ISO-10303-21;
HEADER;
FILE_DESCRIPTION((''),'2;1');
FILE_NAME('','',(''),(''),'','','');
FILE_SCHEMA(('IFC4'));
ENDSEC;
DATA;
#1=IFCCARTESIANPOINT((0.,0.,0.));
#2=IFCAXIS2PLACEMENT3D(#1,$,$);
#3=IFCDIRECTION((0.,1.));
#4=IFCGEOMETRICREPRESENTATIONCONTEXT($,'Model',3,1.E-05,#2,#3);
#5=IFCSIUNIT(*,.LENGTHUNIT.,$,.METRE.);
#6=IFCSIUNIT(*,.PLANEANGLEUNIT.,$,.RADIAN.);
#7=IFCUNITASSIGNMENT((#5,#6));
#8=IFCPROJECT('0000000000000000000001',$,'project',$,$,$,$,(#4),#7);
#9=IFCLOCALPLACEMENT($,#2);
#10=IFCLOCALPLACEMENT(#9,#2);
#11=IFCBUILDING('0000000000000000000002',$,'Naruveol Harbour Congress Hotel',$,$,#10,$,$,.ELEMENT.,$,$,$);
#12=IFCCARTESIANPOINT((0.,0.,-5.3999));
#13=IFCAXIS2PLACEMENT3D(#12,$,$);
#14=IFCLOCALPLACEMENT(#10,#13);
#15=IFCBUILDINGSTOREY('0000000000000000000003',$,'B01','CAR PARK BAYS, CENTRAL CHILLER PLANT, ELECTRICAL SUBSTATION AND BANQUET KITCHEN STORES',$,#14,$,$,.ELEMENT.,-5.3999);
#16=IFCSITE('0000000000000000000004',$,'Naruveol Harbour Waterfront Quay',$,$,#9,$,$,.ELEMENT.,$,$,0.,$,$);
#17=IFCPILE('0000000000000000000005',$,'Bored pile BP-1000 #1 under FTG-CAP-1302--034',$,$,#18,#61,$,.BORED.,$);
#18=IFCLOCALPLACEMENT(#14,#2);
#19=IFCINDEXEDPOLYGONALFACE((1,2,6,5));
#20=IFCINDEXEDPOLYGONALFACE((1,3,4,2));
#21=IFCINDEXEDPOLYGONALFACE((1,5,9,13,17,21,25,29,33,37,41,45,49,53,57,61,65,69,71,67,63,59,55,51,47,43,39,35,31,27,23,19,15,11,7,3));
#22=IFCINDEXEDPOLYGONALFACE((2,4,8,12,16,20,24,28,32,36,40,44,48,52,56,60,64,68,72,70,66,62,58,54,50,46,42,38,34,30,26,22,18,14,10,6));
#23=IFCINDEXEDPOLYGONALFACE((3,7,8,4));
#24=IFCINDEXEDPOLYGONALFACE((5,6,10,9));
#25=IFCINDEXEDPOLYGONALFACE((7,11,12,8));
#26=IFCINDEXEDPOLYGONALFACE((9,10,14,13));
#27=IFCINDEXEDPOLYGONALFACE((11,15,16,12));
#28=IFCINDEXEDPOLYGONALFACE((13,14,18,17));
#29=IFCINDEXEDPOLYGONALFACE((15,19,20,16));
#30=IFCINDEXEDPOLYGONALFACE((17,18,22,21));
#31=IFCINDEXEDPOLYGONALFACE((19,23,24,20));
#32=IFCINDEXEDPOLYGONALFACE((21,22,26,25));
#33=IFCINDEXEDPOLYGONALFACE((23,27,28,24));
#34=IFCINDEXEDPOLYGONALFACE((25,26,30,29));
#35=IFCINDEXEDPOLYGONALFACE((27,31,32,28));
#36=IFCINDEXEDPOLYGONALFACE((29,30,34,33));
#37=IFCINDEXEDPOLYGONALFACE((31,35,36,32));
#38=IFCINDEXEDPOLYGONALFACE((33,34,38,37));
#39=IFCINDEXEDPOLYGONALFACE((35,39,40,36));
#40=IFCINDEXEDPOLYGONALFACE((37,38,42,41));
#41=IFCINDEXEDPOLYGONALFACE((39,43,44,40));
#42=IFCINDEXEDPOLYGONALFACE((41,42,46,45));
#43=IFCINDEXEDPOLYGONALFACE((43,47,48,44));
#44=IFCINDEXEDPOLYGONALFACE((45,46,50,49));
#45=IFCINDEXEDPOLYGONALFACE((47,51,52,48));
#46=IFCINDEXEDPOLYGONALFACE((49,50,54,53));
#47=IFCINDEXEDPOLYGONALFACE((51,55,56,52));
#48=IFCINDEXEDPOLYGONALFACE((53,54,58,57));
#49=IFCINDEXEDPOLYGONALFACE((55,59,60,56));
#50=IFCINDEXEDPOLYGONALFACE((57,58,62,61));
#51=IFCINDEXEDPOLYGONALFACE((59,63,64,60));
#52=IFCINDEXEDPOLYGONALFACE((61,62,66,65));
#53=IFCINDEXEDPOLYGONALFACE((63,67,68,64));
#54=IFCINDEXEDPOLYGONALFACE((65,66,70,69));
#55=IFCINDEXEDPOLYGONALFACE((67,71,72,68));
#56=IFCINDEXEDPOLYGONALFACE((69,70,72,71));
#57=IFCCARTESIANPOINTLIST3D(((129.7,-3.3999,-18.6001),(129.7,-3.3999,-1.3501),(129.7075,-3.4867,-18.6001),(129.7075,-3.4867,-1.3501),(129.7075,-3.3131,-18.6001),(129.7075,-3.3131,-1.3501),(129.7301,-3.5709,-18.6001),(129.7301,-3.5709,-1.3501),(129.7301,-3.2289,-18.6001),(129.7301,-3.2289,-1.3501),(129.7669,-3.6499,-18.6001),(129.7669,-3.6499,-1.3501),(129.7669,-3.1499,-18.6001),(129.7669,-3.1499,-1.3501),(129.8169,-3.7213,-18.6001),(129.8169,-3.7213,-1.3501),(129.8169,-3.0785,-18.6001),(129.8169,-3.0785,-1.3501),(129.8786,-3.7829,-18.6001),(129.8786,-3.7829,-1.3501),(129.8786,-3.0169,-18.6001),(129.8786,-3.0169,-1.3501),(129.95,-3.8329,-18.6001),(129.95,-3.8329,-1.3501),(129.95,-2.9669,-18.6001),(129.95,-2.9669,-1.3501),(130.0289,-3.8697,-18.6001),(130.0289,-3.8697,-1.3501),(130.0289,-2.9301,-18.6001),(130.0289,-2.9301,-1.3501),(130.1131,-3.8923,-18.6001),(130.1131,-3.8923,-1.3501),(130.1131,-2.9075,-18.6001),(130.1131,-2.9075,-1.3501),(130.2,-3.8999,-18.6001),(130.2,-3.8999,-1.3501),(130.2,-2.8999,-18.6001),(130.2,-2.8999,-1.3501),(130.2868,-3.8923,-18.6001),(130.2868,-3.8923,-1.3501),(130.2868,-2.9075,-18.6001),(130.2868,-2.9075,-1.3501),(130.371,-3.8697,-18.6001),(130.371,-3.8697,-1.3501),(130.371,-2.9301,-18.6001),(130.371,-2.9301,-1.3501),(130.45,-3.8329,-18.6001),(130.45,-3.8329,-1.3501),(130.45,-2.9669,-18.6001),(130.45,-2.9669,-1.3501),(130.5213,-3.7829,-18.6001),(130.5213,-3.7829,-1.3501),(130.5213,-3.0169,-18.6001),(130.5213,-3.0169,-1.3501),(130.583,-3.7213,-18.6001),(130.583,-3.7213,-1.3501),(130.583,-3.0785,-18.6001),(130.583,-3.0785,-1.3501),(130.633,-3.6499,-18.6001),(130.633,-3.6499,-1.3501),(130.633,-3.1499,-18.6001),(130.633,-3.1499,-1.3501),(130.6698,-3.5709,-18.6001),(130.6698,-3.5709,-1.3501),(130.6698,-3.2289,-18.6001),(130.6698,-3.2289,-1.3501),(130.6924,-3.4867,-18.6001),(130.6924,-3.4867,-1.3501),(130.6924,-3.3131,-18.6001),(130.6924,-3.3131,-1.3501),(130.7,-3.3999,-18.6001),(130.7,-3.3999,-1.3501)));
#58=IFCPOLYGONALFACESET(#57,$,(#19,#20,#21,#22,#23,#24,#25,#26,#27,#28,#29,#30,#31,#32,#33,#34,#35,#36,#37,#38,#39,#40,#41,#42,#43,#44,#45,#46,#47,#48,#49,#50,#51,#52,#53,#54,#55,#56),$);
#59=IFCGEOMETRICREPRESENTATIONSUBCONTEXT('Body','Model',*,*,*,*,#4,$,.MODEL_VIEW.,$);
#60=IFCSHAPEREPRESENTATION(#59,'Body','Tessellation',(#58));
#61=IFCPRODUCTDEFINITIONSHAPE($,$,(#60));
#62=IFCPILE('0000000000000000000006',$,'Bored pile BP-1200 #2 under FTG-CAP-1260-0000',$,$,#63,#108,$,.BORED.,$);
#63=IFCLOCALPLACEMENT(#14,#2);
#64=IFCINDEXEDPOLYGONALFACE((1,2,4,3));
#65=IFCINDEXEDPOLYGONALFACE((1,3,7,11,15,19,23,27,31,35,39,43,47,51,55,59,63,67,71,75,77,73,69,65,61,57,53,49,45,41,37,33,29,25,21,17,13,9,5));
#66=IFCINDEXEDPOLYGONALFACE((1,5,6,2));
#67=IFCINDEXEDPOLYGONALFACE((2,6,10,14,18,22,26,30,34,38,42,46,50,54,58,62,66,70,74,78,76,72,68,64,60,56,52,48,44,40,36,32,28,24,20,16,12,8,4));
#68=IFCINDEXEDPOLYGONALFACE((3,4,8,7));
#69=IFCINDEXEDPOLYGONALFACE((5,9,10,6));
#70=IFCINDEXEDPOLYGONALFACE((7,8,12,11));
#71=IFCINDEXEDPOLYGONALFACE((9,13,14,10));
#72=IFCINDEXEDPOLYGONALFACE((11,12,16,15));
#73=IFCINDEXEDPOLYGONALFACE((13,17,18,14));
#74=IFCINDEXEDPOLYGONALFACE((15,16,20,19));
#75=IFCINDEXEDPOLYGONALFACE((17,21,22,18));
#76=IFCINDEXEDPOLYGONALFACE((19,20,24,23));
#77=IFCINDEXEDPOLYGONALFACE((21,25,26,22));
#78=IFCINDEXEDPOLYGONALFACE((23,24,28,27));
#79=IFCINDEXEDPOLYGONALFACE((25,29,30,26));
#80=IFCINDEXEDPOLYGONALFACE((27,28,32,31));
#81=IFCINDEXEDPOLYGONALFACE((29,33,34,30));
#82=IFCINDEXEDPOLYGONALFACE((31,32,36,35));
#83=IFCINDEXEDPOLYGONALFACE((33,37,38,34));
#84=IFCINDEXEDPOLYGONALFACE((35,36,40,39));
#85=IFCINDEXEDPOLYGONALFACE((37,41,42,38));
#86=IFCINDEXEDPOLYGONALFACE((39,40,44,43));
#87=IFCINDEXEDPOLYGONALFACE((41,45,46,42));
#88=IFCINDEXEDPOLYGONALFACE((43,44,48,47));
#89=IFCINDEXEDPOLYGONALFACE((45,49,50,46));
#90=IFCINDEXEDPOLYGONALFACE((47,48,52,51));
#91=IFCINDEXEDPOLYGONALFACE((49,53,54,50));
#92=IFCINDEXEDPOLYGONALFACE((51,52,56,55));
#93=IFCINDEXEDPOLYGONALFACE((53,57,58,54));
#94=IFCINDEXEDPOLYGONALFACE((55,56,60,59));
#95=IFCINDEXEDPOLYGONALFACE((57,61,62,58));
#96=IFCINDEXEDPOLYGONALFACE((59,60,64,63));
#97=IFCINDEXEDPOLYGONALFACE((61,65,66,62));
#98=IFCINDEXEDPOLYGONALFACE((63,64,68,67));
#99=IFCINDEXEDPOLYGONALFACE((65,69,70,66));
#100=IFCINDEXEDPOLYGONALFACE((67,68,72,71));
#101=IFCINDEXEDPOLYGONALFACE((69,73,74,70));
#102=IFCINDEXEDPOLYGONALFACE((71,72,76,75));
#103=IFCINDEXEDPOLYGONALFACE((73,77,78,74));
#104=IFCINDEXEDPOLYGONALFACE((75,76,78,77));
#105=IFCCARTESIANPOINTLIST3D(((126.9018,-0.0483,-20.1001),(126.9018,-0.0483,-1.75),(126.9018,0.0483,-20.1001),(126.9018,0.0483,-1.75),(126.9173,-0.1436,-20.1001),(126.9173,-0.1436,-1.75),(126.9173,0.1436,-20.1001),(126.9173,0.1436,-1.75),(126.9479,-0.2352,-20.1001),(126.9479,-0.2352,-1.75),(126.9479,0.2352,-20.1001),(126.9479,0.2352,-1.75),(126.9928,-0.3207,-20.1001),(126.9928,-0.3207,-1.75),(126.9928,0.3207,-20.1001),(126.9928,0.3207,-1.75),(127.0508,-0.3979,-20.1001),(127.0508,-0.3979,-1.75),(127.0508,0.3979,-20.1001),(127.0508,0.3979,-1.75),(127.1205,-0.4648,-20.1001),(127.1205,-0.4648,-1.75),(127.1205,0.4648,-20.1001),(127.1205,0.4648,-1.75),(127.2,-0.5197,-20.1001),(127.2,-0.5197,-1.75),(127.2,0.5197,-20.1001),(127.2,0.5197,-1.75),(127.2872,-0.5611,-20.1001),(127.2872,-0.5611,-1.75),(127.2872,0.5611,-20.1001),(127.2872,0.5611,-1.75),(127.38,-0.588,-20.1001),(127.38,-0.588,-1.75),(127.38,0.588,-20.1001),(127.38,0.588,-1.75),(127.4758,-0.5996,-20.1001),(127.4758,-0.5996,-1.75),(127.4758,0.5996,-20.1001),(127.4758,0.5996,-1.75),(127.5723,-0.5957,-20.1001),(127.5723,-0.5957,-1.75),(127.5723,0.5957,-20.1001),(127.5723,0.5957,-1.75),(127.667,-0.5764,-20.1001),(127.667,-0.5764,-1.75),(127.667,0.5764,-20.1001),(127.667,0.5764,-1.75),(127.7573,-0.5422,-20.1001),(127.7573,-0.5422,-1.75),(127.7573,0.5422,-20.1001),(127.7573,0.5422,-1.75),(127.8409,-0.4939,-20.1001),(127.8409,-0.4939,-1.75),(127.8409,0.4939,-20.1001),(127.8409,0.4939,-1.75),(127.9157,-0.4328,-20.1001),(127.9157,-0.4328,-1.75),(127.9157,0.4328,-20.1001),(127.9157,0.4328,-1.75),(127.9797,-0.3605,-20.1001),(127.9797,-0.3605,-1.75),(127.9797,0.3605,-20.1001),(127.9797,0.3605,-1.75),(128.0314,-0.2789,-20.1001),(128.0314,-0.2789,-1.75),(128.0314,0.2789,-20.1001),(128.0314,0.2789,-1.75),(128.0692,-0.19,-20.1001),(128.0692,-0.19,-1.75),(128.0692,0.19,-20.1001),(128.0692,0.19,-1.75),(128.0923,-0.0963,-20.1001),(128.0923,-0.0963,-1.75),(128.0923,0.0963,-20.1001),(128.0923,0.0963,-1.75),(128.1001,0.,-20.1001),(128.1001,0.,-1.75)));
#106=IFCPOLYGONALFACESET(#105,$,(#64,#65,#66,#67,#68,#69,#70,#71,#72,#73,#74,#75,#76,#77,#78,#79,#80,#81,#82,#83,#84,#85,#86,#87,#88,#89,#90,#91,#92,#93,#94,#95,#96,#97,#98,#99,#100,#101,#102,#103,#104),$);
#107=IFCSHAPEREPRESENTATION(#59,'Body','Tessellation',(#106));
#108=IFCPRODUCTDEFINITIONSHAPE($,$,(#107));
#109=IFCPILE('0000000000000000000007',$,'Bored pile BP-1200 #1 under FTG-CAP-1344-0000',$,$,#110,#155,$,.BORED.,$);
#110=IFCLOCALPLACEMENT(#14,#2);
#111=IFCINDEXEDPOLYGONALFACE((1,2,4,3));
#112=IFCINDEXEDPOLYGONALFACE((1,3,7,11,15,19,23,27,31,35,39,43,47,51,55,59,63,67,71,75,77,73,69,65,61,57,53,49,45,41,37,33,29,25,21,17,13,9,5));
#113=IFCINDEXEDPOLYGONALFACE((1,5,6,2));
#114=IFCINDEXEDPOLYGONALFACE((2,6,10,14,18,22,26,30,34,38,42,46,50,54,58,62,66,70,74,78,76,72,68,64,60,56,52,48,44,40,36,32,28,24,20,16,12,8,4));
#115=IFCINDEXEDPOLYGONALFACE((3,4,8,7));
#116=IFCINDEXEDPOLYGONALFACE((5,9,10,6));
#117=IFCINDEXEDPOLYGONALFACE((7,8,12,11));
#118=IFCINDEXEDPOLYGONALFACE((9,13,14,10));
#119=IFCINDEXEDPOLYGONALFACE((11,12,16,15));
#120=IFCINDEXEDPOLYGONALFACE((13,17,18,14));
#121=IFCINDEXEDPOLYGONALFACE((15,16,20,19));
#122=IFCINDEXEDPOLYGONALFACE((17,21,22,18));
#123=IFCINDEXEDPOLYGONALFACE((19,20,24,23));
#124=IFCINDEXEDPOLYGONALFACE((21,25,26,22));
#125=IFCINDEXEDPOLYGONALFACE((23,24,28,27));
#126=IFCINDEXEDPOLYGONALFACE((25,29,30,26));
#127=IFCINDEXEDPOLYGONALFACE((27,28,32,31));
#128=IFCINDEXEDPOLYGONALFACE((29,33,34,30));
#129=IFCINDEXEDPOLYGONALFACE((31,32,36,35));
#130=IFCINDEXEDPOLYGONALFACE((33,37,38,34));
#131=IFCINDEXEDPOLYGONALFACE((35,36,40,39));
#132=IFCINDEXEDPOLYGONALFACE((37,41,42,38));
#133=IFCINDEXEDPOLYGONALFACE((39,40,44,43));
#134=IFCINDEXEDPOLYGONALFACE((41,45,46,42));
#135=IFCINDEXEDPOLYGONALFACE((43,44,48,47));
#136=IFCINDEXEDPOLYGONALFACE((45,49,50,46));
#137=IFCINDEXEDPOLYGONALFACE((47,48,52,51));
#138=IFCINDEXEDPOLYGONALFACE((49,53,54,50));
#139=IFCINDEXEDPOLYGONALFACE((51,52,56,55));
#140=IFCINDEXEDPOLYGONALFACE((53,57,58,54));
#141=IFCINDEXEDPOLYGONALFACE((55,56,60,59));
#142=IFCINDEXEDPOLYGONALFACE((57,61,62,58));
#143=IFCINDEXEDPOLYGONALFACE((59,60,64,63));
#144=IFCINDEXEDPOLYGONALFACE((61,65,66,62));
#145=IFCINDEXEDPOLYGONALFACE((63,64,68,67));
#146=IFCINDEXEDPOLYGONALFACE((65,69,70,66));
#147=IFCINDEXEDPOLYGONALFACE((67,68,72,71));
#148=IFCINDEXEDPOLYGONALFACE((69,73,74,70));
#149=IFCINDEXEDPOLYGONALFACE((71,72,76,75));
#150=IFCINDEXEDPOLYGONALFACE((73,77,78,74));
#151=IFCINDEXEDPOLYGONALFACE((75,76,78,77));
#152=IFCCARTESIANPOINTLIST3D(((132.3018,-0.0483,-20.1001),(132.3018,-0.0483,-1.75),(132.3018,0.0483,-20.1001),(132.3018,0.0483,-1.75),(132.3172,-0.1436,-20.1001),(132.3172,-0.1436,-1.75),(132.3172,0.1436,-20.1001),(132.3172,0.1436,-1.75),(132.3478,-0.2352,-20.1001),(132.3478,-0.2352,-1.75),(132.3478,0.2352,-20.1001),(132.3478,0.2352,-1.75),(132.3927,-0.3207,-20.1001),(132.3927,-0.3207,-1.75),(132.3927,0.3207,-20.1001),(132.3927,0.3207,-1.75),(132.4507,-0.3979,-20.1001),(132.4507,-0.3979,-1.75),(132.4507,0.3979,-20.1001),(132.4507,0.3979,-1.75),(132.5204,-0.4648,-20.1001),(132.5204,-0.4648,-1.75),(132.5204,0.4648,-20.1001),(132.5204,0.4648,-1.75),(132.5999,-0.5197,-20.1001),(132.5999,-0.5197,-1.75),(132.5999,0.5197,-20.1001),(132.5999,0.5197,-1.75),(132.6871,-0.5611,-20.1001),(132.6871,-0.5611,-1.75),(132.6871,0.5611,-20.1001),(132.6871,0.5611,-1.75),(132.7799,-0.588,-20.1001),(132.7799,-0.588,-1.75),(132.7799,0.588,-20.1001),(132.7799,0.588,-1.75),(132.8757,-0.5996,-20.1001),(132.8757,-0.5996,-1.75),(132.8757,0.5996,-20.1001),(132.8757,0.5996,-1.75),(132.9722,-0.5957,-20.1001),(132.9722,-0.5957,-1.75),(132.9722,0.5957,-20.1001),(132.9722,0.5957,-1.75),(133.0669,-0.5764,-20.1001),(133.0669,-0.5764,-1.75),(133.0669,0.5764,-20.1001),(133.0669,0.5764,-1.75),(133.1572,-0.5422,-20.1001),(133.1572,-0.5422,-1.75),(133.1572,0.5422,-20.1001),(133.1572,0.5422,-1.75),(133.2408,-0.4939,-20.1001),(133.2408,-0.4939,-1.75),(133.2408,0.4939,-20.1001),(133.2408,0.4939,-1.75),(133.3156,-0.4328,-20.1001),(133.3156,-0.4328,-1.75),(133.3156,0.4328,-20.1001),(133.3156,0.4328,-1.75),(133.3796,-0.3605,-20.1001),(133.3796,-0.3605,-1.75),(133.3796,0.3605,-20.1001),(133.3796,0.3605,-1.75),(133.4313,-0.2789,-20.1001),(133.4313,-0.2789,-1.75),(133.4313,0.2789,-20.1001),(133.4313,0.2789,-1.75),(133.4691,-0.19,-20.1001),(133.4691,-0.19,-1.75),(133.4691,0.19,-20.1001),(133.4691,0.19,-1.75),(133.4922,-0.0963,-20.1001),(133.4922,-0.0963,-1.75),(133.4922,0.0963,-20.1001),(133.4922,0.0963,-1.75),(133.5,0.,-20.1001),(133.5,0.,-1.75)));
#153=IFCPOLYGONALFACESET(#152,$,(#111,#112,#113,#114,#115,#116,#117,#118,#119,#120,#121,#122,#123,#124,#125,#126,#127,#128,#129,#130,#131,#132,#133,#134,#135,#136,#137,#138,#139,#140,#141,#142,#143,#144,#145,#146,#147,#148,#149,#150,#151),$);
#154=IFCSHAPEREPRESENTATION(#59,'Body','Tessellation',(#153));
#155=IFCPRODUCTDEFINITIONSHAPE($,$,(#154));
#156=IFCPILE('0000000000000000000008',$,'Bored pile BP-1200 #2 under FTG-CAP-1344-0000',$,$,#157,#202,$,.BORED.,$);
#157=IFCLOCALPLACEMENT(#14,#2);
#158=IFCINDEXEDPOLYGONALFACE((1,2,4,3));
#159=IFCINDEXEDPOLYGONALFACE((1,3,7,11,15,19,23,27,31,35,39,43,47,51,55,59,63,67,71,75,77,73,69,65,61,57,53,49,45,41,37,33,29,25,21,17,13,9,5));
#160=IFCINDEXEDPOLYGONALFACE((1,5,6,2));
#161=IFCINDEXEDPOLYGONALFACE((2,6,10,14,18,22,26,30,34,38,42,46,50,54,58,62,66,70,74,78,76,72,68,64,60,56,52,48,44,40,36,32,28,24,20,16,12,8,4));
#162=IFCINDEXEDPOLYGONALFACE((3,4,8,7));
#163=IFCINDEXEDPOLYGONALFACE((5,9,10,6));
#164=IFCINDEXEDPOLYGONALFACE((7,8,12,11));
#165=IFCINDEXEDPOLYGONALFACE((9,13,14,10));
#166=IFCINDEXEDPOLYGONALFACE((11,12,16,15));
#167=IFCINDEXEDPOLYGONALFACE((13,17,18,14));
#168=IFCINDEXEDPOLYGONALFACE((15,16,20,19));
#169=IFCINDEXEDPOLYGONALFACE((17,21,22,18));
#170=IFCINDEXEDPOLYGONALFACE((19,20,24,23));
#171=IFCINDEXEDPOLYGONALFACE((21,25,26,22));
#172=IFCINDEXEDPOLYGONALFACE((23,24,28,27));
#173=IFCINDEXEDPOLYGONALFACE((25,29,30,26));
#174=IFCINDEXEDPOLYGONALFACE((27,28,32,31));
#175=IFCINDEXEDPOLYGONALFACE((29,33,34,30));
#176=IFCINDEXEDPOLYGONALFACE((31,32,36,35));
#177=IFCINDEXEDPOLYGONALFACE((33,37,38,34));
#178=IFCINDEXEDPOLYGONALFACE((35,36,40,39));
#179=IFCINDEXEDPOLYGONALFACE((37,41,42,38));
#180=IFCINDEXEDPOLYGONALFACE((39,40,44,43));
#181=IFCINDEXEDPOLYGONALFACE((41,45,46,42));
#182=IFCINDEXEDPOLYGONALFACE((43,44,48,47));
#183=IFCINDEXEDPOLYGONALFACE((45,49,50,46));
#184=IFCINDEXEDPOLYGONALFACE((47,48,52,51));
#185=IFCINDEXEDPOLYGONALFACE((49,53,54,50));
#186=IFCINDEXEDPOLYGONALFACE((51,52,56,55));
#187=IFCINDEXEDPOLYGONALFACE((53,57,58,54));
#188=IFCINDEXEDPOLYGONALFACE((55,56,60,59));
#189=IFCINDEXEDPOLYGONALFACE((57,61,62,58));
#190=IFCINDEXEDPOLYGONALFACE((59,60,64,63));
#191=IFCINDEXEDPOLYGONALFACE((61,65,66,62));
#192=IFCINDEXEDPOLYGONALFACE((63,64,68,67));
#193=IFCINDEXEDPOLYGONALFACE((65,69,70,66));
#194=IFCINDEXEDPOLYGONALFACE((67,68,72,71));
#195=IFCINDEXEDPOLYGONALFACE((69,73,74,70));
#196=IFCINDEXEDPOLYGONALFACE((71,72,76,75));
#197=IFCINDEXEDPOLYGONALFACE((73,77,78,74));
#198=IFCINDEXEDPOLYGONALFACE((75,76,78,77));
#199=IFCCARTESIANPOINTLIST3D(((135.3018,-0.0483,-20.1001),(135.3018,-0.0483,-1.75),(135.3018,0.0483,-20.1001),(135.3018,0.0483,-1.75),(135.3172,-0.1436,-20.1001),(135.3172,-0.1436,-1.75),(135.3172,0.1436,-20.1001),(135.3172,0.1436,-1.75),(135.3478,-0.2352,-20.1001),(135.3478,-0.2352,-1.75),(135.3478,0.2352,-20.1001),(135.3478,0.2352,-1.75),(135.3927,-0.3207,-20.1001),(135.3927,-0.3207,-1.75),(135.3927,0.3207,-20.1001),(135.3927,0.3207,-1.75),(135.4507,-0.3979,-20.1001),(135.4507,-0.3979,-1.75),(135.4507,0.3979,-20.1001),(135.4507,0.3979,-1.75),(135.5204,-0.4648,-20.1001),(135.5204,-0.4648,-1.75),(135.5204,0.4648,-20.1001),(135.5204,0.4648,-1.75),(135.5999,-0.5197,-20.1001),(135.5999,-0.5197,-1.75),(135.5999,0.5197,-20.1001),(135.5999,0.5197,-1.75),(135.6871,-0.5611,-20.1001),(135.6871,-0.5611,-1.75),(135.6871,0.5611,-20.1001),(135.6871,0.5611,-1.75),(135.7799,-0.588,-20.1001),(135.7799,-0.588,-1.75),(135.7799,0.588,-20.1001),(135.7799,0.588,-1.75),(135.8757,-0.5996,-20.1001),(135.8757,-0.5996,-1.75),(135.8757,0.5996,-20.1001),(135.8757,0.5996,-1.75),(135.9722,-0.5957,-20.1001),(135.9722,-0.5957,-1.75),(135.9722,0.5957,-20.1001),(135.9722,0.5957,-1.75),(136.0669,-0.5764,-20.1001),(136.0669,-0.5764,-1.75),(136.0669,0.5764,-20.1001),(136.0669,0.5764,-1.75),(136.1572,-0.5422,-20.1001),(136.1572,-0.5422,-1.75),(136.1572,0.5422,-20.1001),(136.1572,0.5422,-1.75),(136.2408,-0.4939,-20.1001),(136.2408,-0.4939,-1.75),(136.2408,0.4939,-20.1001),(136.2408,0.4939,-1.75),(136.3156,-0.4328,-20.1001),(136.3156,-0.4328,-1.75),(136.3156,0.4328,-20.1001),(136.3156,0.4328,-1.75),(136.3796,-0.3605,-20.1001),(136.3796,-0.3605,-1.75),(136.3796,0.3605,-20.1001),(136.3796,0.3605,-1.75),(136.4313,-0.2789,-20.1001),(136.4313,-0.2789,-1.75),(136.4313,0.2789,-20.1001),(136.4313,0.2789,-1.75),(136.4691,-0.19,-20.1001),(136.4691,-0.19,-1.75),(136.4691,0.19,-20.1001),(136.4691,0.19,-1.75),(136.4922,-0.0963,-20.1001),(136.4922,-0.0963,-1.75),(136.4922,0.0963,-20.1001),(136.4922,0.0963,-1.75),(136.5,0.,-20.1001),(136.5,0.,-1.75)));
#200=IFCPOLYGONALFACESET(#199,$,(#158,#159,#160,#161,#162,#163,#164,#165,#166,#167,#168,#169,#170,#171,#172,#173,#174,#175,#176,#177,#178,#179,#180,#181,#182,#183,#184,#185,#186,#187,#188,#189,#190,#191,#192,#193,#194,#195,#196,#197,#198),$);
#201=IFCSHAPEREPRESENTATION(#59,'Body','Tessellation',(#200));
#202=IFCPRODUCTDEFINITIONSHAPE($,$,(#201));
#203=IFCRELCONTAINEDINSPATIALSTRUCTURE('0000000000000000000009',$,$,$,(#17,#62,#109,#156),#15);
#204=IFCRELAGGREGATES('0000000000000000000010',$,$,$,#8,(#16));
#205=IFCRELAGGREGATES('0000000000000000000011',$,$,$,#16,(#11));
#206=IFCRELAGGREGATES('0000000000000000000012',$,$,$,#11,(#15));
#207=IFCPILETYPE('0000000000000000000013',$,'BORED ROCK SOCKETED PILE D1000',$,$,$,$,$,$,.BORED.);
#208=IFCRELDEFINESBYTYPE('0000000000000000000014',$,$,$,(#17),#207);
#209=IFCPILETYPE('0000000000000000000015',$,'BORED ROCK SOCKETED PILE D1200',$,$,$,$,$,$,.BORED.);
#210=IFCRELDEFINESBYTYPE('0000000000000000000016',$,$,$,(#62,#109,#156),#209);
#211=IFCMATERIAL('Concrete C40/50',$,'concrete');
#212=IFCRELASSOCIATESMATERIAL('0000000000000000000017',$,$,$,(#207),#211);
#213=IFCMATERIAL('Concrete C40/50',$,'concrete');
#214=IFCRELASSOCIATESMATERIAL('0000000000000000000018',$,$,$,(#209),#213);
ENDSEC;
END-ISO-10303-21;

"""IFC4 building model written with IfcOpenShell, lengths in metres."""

from ifc_helpers import new_model, si_unit, direction, frame, origin, origin_2d, place, context, subcontext, project, spatial, circle, extrude, material, material_profile, profile_set, type_object, element, save


model = new_model("IFC4")

# Units and contexts
model_context = context("Model", 3, precision=1e-05, world=origin(), true_north=direction((0.0, 1.0)))
body_context = subcontext(model_context, "Body", "Model", "MODEL_VIEW")
ifc_project = project(units=[si_unit("LENGTHUNIT", "METRE"), si_unit("PLANEANGLEUNIT", "RADIAN")], contexts=[model_context])

# Site, building, storey
site_placement = place(None, origin())
site = spatial("IfcSite", under=ifc_project, at=site_placement, Name="Naruveol Harbour Waterfront Quay", CompositionType="ELEMENT", RefElevation=0.0)
building_placement = place(site_placement, origin())
building = spatial("IfcBuilding", under=site, at=building_placement, Name="Naruveol Harbour Congress Hotel", CompositionType="ELEMENT")
storey_placement = place(building_placement, frame((0.0, 0.0, -5.3999)))
storey = spatial("IfcBuildingStorey", under=building, at=storey_placement, Name="B01", Description="CAR PARK BAYS, CENTRAL CHILLER PLANT, ELECTRICAL SUBSTATION AND BANQUET KITCHEN STORES", CompositionType="ELEMENT", Elevation=-5.3999)

# Piles
ifc_material_1 = material(Name="Concrete C40/50", Category="concrete")
ifc_material_profile_1 = material_profile(ifc_material_1, circle(Radius=0.5, at=origin_2d()), Name="BP-1000")
ifc_profile_set_1 = profile_set([ifc_material_profile_1], Name="Concrete C40/50")
pile_type_1 = type_object("IfcPileType", Name="BORED ROCK SOCKETED PILE D1000", PredefinedType="BORED", material=ifc_profile_set_1)
pile_placement = place(storey_placement, frame((130.2, -3.3999, -1.3501), z_axis=(0.0, 0.0, -1.0), x_axis=(1.0, 0.0, 0.0)))
element("IfcPile", 1, at=pile_placement, inside=storey, type_object=pile_type_1, Name="Bored pile BP-1000 #1 under FTG-CAP-1302--034", PredefinedType="BORED", context=body_context, shape_type="SweptSolid", body=[
    extrude(circle(Radius=0.5, at=origin_2d()), origin(), (0.0, 0.0, 1.0), 17.25),
])
ifc_material_2 = material(Name="Concrete C40/50", Category="concrete")
ifc_material_profile_2 = material_profile(ifc_material_2, circle(Radius=0.6001, at=origin_2d()), Name="BP-1200")
ifc_profile_set_2 = profile_set([ifc_material_profile_2], Name="Concrete C40/50")
pile_type_2 = type_object("IfcPileType", Name="BORED ROCK SOCKETED PILE D1200", PredefinedType="BORED", material=ifc_profile_set_2)
for number, where, z_axis, x_axis, name in (
    (2, (127.5, 0.0, -1.75), (0.0, 0.0, -1.0), (1.0, 0.0, 0.0), "Bored pile BP-1200 #2 under FTG-CAP-1260-0000"),
    (3, (132.8999, 0.0, -1.75), (0.0, 0.0, -1.0), (1.0, 0.0, 0.0), "Bored pile BP-1200 #1 under FTG-CAP-1344-0000"),
    (4, (135.8999, 0.0, -1.75), (0.0, 0.0, -1.0), (1.0, 0.0, 0.0), "Bored pile BP-1200 #2 under FTG-CAP-1344-0000"),
):
    element("IfcPile", number, at=place(storey_placement, frame(where, z_axis=z_axis, x_axis=x_axis)), inside=storey, type_object=pile_type_2, Name=name, PredefinedType="BORED", context=body_context, shape_type="SweptSolid", body=[
        extrude(circle(Radius=0.6001, at=origin_2d()), origin(), (0.0, 0.0, 1.0), 18.3501),
    ])

save(model, "model.ifc")
